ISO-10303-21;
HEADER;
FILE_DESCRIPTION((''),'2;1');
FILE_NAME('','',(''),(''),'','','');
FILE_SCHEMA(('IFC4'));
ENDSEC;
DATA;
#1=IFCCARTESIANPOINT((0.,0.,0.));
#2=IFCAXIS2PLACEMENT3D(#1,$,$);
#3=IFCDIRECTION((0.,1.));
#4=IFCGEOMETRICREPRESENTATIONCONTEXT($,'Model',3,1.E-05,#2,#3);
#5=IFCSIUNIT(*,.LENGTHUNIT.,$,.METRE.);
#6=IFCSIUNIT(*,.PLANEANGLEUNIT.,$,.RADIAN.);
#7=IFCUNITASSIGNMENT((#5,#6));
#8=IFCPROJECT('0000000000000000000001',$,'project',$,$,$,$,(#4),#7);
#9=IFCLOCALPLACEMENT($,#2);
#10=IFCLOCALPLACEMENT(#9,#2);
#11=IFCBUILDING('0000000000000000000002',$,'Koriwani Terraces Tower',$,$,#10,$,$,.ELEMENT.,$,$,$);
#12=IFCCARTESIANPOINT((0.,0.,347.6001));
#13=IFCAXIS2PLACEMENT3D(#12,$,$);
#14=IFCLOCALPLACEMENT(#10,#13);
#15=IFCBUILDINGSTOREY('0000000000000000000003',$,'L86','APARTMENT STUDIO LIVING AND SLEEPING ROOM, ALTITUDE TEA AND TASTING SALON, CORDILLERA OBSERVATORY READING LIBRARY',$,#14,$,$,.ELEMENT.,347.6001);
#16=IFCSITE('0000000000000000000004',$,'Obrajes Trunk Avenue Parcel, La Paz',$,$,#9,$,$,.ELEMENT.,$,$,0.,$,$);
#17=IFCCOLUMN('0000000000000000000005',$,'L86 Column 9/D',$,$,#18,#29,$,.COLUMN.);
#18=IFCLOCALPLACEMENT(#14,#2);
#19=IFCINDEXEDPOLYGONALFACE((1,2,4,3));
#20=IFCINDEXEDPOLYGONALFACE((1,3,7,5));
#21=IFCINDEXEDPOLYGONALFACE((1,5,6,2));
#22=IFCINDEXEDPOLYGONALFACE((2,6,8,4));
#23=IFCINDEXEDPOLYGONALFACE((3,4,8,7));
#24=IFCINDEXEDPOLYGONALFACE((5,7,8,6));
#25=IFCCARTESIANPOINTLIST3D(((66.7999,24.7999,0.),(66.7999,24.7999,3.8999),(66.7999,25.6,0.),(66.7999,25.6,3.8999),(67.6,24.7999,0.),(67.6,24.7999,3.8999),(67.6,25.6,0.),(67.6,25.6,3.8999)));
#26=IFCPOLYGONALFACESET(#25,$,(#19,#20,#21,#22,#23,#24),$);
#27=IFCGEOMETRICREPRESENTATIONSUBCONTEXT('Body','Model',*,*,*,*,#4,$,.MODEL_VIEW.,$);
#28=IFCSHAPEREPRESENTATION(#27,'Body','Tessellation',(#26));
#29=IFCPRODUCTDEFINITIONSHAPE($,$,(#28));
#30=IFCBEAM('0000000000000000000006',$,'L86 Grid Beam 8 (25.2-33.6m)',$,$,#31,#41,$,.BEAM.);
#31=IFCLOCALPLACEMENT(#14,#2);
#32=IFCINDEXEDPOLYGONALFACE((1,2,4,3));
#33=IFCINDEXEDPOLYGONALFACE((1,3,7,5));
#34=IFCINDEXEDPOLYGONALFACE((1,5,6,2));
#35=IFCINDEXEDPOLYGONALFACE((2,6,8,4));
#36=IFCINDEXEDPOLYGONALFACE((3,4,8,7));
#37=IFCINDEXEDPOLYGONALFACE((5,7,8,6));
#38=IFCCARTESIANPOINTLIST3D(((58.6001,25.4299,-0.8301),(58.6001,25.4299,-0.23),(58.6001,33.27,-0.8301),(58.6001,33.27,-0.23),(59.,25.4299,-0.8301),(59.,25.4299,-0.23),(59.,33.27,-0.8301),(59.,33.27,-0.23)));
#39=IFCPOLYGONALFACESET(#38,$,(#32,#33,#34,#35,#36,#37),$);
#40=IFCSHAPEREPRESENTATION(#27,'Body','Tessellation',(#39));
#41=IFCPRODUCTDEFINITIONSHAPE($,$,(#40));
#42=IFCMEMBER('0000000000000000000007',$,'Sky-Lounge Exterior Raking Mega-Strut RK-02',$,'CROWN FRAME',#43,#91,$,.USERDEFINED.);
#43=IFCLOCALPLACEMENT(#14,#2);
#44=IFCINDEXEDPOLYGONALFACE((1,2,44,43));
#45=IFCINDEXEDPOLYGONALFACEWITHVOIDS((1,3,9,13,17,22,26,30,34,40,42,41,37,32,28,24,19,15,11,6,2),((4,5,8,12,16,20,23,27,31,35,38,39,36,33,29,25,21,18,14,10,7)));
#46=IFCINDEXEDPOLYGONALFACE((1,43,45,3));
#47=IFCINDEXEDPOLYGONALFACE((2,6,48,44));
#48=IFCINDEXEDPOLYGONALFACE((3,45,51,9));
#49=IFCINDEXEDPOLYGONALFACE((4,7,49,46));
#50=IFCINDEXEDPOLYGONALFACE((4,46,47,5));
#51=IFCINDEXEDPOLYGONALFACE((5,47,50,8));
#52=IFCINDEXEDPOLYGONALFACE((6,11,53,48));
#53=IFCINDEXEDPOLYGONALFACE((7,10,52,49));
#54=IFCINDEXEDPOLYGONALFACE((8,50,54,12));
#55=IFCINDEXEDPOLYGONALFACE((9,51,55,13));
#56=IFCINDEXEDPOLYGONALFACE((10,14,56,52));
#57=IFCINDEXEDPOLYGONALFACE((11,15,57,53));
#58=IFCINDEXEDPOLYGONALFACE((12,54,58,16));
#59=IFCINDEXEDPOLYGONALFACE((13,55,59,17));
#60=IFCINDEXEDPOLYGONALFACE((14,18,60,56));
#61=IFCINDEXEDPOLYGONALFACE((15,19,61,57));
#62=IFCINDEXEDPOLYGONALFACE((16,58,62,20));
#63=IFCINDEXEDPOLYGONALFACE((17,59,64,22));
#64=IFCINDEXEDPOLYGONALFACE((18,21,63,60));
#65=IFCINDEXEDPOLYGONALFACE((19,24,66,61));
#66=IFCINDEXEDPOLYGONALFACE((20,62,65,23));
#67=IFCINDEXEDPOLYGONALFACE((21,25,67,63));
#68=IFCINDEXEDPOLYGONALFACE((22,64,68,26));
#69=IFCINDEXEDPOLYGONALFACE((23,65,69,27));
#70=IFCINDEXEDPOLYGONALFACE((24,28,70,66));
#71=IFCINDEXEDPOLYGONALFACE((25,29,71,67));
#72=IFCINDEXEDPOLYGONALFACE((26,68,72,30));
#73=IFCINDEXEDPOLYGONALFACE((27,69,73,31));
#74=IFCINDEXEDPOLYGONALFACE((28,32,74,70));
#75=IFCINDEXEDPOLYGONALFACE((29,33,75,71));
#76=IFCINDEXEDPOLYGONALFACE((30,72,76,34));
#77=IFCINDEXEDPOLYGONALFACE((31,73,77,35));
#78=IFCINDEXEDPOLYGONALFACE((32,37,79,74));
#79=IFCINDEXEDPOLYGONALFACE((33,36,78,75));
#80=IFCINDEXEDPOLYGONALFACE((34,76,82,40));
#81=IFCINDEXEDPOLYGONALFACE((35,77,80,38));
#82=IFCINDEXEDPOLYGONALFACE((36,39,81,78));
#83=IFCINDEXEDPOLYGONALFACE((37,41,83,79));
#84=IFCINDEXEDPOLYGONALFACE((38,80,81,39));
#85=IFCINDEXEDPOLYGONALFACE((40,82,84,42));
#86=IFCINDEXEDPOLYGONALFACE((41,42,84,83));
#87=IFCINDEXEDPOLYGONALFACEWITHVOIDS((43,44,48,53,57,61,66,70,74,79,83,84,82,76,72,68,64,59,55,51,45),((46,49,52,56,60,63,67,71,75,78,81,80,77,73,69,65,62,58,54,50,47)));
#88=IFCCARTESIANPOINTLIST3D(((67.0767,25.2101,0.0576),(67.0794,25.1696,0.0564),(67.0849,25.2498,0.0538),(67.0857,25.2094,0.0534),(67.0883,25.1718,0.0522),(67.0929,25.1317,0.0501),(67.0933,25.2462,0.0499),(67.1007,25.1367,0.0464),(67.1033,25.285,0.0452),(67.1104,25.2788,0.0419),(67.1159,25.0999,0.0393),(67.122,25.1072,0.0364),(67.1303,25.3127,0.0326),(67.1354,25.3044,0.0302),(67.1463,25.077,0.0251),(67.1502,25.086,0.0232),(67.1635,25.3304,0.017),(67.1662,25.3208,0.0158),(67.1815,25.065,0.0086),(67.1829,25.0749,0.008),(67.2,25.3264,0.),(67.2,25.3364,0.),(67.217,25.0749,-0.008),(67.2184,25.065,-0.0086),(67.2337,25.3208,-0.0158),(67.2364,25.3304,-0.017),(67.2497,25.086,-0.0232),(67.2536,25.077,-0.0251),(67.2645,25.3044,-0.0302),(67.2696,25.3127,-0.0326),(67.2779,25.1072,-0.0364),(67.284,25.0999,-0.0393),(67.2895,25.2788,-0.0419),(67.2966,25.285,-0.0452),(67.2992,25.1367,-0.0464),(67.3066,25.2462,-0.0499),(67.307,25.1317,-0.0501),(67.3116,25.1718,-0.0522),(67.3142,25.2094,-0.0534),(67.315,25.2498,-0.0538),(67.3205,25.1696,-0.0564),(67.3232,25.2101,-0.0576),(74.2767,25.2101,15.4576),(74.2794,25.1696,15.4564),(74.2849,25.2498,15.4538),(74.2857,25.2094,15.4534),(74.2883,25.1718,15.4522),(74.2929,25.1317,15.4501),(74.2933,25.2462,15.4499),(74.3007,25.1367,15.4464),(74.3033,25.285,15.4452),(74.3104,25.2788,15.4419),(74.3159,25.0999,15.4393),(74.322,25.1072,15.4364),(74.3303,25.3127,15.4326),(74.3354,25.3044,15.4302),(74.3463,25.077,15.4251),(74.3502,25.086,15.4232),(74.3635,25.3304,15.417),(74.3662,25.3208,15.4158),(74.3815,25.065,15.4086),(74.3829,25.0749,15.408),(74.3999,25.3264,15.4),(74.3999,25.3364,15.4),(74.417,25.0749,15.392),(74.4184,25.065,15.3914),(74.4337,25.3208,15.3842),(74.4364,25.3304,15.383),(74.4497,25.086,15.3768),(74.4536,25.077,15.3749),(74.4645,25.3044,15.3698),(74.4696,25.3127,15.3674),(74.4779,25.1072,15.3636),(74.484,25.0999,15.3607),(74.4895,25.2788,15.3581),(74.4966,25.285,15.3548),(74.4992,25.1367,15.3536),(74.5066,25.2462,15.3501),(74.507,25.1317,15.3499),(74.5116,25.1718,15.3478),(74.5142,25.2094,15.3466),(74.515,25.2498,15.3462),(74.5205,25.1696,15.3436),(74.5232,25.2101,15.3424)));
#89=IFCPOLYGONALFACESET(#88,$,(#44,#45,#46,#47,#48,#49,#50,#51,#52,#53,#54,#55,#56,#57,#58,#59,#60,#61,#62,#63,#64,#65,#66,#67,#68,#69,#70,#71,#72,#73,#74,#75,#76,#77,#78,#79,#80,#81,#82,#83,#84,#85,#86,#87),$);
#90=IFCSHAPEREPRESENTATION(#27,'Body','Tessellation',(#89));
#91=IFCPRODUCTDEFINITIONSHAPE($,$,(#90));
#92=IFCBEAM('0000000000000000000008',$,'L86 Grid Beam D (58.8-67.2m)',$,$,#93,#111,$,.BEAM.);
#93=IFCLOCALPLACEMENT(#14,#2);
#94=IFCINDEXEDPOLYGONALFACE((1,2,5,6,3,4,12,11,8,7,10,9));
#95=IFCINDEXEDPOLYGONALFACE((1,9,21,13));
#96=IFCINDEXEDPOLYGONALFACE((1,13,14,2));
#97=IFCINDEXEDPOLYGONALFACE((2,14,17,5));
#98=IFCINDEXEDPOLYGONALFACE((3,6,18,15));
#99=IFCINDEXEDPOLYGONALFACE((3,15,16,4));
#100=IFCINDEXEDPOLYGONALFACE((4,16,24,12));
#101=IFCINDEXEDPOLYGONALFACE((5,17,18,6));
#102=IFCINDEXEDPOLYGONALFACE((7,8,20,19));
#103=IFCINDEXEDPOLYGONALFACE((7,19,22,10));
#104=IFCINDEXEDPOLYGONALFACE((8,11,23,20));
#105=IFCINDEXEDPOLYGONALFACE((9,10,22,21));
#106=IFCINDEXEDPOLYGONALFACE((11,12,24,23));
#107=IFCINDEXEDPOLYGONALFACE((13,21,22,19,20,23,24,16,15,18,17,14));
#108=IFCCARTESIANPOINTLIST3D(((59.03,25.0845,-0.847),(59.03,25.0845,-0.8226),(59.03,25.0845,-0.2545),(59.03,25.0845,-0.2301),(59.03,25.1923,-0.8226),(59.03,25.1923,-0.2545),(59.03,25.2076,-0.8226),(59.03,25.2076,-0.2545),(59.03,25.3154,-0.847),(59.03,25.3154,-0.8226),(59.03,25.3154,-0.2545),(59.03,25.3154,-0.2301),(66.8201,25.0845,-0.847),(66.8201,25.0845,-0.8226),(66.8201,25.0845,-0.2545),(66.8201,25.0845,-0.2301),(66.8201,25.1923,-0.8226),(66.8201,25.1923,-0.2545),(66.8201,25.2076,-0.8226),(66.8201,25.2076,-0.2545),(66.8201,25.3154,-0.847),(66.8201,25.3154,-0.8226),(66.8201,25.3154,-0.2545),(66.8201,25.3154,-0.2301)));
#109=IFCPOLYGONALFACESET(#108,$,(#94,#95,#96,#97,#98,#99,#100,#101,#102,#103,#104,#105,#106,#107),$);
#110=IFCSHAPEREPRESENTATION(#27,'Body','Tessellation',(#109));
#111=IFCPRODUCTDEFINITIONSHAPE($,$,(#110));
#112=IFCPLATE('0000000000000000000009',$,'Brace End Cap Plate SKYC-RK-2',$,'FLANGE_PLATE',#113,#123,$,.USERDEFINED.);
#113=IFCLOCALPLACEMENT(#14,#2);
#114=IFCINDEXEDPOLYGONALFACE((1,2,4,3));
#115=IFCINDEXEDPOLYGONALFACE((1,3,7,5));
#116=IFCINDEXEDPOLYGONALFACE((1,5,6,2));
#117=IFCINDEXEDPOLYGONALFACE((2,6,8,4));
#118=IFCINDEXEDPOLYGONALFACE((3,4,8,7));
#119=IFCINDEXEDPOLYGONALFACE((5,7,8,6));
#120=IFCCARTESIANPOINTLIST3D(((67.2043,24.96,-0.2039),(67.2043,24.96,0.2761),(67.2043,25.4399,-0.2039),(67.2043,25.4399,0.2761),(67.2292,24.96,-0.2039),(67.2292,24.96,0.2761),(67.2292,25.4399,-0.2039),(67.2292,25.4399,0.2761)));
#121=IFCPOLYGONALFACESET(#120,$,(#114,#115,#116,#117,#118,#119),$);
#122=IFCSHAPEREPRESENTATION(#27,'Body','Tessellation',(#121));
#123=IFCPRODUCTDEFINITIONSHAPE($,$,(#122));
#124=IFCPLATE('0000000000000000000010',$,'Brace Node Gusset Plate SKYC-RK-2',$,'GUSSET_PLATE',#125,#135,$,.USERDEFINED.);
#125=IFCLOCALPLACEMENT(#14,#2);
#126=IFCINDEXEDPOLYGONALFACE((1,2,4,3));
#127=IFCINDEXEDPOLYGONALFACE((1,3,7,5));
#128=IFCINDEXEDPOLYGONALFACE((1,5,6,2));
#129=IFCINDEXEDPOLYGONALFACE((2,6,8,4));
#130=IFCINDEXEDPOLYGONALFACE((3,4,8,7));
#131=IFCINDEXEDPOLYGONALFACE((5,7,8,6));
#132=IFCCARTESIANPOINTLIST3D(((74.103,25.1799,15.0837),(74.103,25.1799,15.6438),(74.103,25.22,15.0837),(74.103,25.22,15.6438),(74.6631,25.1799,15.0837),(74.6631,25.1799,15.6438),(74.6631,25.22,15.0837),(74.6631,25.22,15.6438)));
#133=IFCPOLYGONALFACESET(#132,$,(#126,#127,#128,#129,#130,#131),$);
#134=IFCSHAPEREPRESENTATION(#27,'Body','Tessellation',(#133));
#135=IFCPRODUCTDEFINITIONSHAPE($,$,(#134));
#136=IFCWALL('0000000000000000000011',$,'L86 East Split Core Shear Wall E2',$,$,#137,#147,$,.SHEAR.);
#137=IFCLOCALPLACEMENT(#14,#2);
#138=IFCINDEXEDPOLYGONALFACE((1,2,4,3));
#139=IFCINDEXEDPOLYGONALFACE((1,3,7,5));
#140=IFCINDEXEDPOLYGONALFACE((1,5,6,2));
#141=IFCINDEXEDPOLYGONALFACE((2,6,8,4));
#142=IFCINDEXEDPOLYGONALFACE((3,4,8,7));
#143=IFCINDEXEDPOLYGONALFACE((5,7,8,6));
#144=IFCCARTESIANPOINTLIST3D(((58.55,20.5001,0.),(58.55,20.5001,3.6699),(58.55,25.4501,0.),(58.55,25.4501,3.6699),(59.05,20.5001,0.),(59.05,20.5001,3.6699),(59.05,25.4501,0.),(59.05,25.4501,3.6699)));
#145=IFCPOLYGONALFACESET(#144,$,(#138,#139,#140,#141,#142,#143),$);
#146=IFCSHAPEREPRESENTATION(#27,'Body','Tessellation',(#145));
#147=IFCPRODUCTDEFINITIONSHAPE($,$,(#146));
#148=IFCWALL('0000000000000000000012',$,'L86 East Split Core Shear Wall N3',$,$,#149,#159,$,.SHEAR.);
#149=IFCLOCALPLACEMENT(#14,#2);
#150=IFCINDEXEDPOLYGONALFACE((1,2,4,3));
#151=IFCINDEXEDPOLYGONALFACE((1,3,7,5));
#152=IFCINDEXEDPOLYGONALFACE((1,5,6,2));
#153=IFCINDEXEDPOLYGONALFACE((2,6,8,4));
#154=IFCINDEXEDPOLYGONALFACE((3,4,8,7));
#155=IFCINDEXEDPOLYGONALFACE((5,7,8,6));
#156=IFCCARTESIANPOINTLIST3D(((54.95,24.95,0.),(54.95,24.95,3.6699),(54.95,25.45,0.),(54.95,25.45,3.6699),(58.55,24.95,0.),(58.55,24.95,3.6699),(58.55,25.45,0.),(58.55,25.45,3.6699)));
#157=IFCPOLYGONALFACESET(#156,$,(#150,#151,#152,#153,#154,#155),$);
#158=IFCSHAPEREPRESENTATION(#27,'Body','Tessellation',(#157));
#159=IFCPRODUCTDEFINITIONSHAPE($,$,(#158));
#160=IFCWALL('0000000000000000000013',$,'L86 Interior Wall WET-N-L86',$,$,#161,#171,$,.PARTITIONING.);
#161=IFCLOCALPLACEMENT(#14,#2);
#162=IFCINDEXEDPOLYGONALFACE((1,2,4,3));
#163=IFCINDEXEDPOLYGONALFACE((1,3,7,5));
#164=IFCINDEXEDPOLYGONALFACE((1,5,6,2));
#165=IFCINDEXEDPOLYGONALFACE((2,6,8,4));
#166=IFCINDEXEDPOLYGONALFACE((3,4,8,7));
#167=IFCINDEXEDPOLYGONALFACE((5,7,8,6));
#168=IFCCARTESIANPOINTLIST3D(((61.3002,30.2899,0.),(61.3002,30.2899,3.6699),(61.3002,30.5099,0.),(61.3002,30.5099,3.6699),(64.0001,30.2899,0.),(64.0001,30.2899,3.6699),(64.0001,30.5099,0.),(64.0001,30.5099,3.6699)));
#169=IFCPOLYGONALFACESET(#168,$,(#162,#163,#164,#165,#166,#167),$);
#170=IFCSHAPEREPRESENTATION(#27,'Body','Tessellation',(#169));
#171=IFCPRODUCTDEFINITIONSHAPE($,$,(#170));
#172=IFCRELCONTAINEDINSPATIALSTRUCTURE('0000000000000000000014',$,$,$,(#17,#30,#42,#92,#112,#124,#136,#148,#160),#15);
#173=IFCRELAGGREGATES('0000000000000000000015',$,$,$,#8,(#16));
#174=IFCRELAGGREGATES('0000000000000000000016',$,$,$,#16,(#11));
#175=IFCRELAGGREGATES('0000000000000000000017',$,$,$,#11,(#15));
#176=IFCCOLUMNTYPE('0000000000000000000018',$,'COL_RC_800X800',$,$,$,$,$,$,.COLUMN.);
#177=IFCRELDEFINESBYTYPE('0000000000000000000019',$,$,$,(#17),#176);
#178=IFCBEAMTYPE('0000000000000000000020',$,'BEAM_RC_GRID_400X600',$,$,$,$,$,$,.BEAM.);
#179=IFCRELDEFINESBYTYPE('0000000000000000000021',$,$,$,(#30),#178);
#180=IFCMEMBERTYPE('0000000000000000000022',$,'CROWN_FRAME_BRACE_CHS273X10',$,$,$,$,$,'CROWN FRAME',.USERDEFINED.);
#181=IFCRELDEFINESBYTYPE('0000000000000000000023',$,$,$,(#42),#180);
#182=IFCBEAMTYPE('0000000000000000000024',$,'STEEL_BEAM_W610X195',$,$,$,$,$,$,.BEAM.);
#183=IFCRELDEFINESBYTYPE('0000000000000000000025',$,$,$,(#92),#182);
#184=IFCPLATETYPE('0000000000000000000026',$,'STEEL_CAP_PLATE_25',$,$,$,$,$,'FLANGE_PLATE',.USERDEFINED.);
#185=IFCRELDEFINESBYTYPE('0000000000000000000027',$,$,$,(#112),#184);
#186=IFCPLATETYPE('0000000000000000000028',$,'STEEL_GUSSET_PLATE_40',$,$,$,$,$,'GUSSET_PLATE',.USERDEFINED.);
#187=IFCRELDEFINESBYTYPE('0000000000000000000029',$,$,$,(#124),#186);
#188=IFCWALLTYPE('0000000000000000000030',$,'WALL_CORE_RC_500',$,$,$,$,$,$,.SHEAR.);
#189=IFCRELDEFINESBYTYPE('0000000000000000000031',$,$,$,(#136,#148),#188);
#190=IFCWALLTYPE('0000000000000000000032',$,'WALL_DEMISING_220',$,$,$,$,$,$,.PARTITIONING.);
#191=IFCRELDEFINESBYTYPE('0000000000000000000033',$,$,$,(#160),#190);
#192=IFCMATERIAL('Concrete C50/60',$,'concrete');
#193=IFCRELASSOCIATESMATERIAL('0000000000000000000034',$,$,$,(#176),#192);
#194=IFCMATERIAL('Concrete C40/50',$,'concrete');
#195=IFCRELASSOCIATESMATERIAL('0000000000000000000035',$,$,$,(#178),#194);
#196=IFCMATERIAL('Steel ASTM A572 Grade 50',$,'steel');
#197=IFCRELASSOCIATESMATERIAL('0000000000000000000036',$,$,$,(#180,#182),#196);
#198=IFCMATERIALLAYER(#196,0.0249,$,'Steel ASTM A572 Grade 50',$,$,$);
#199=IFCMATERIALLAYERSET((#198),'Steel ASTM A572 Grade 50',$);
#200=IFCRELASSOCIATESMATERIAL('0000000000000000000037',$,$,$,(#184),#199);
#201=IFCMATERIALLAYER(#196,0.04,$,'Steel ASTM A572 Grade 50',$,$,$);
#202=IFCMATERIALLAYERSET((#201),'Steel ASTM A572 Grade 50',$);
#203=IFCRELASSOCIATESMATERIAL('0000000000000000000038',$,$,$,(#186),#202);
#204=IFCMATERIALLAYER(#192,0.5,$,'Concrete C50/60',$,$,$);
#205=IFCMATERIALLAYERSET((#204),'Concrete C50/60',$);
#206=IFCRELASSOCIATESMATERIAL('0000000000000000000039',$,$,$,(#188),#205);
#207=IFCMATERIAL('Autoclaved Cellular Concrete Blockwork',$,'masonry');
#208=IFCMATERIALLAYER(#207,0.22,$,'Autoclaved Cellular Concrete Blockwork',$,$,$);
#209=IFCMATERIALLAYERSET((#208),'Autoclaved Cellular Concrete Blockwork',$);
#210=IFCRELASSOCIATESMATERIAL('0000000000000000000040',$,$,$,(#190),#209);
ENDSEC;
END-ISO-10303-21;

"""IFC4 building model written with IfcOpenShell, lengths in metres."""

from ifc_helpers import new_model, si_unit, direction, frame, frame_2d, origin, origin_2d, place, context, subcontext, project, spatial, rectangle, hollow_circle, i_section, extrude, material, layer, layer_set, material_profile, profile_set, type_object, element, save


model = new_model("IFC4")

# Units and contexts
model_context = context("Model", 3, precision=1e-05, world=origin(), true_north=direction((0.0, 1.0)))
body_context = subcontext(model_context, "Body", "Model", "MODEL_VIEW")
ifc_project = project(units=[si_unit("LENGTHUNIT", "METRE"), si_unit("PLANEANGLEUNIT", "RADIAN")], contexts=[model_context])

# Site, building, storey
site_placement = place(None, origin())
site = spatial("IfcSite", under=ifc_project, at=site_placement, Name="Obrajes Trunk Avenue Parcel, La Paz", CompositionType="ELEMENT", RefElevation=0.0)
building_placement = place(site_placement, origin())
building = spatial("IfcBuilding", under=site, at=building_placement, Name="Koriwani Terraces Tower", CompositionType="ELEMENT")
storey_placement = place(building_placement, frame((0.0, 0.0, 347.6001)))
storey = spatial("IfcBuildingStorey", under=building, at=storey_placement, Name="L86", Description="APARTMENT STUDIO LIVING AND SLEEPING ROOM, ALTITUDE TEA AND TASTING SALON, CORDILLERA OBSERVATORY READING LIBRARY", CompositionType="ELEMENT", Elevation=347.6001)

# Column
ifc_material_1 = material(Name="Concrete C50/60", Category="concrete")
ifc_material_profile_1 = material_profile(ifc_material_1, rectangle(XDim=0.8, YDim=0.8, at=origin_2d()), Name="Concrete C50/60", Category="LoadBearing")
ifc_profile_set_1 = profile_set([ifc_material_profile_1], Name="Concrete C50/60")
column_type = type_object("IfcColumnType", Name="COL_RC_800X800", PredefinedType="COLUMN", material=ifc_profile_set_1)
column_placement = place(storey_placement, frame((67.2, 25.2, 0.0), z_axis=(0.0, 0.0, 1.0), x_axis=(1.0, 0.0, 0.0)))
element("IfcColumn", 1, at=column_placement, inside=storey, type_object=column_type, Name="L86 Column 9/D", PredefinedType="COLUMN", context=body_context, shape_type="SweptSolid", body=[
    extrude(rectangle(XDim=0.8, YDim=0.8, at=origin_2d()), origin(), (0.0, 0.0, 1.0), 3.8999),
])

# Beam
ifc_material_2 = material(Name="Concrete C40/50", Category="concrete")
ifc_material_profile_2 = material_profile(ifc_material_2, rectangle(XDim=0.3999, YDim=0.6001, at=origin_2d()), Name="Concrete C40/50", Category="LoadBearing")
ifc_profile_set_2 = profile_set([ifc_material_profile_2], Name="Concrete C40/50")
beam_type_1 = type_object("IfcBeamType", Name="BEAM_RC_GRID_400X600", PredefinedType="BEAM", material=ifc_profile_set_2)
beam_1_placement = place(storey_placement, frame((58.8, 25.4299, -0.53), z_axis=(0.0, 1.0, 0.0), x_axis=(-1.0, 0.0, 0.0)))
element("IfcBeam", 2, at=beam_1_placement, inside=storey, type_object=beam_type_1, Name="L86 Grid Beam 8 (25.2-33.6m)", PredefinedType="BEAM", context=body_context, shape_type="SweptSolid", body=[
    extrude(rectangle(XDim=0.3999, YDim=0.6001, at=origin_2d()), origin(), (0.0, 0.0, 1.0), 7.8401),
])

# Member
ifc_material_3 = material(Name="Steel ASTM A572 Grade 50", Category="steel")
ifc_material_profile_3 = material_profile(ifc_material_3, hollow_circle(Radius=0.1365, WallThickness=0.01, at=origin_2d()), Name="Steel ASTM A572 Grade 50", Category="LoadBearing")
ifc_profile_set_3 = profile_set([ifc_material_profile_3], Name="Steel ASTM A572 Grade 50")
member_type = type_object("IfcMemberType", Name="CROWN_FRAME_BRACE_CHS273X10", ElementType="CROWN FRAME", PredefinedType="USERDEFINED", material=ifc_profile_set_3)
member_placement = place(storey_placement, frame((67.2, 25.2, 0.0), z_axis=(0.423529, 0.0, 0.905882), x_axis=(0.0, 1.0, 0.0)))
element("IfcMember", 3, at=member_placement, inside=storey, type_object=member_type, Name="Sky-Lounge Exterior Raking Mega-Strut RK-02", ObjectType="CROWN FRAME", PredefinedType="USERDEFINED", context=body_context, shape_type="SweptSolid", body=[
    extrude(hollow_circle(Radius=0.1365, WallThickness=0.01, at=origin_2d()), origin(), (0.0, 0.0, 1.0), 17.0),
])

# Beam
ifc_material_profile_4 = material_profile(ifc_material_3, i_section(OverallWidth=0.231, OverallDepth=0.6169, WebThickness=0.0154, FlangeThickness=0.0244, at=origin_2d()), Name="Steel ASTM A572 Grade 50", Category="LoadBearing")
ifc_profile_set_4 = profile_set([ifc_material_profile_4], Name="Steel ASTM A572 Grade 50")
beam_type_2 = type_object("IfcBeamType", Name="STEEL_BEAM_W610X195", PredefinedType="BEAM", material=ifc_profile_set_4)
beam_2_placement = place(storey_placement, frame((59.03, 25.2, -0.5386), z_axis=(1.0, 0.0, 0.0), x_axis=(0.0, 1.0, 0.0)))
element("IfcBeam", 4, at=beam_2_placement, inside=storey, type_object=beam_type_2, Name="L86 Grid Beam D (58.8-67.2m)", PredefinedType="BEAM", context=body_context, shape_type="SweptSolid", body=[
    extrude(i_section(OverallWidth=0.231, OverallDepth=0.6169, WebThickness=0.0154, FlangeThickness=0.0244, at=origin_2d()), origin(), (0.0, 0.0, 1.0), 7.79),
])

# Plates
ifc_layer_1 = layer(ifc_material_3, 0.0249, Name="Steel ASTM A572 Grade 50")
ifc_layer_set_1 = layer_set([ifc_layer_1], Name="Steel ASTM A572 Grade 50")
plate_type_1 = type_object("IfcPlateType", Name="STEEL_CAP_PLATE_25", ElementType="FLANGE_PLATE", PredefinedType="USERDEFINED", material=ifc_layer_set_1)
plate_1_placement = place(storey_placement, frame((67.2168, 25.2, -0.2039), z_axis=(0.0, 0.0, 1.0), x_axis=(1.0, 0.0, 0.0)))
element("IfcPlate", 5, at=plate_1_placement, inside=storey, type_object=plate_type_1, Name="Brace End Cap Plate SKYC-RK-2", ObjectType="FLANGE_PLATE", PredefinedType="USERDEFINED", context=body_context, shape_type="SweptSolid", body=[
    extrude(rectangle(XDim=0.0249, YDim=0.48, at=origin_2d()), origin(), (0.0, 0.0, 1.0), 0.48),
])
ifc_layer_2 = layer(ifc_material_3, 0.04, Name="Steel ASTM A572 Grade 50")
ifc_layer_set_2 = layer_set([ifc_layer_2], Name="Steel ASTM A572 Grade 50")
plate_type_2 = type_object("IfcPlateType", Name="STEEL_GUSSET_PLATE_40", ElementType="GUSSET_PLATE", PredefinedType="USERDEFINED", material=ifc_layer_set_2)
plate_2_placement = place(storey_placement, frame((74.3831, 25.2, 15.0837), z_axis=(0.0, 0.0, 1.0), x_axis=(1.0, 0.0, 0.0)))
element("IfcPlate", 6, at=plate_2_placement, inside=storey, type_object=plate_type_2, Name="Brace Node Gusset Plate SKYC-RK-2", ObjectType="GUSSET_PLATE", PredefinedType="USERDEFINED", context=body_context, shape_type="SweptSolid", body=[
    extrude(rectangle(XDim=0.5601, YDim=0.04, at=origin_2d()), origin(), (0.0, 0.0, 1.0), 0.5601),
])

# Walls
ifc_layer_3 = layer(ifc_material_1, 0.5, Name="Concrete C50/60")
ifc_layer_set_3 = layer_set([ifc_layer_3], Name="Concrete C50/60")
wall_type_1 = type_object("IfcWallType", Name="WALL_CORE_RC_500", PredefinedType="SHEAR", material=ifc_layer_set_3)
wall_1_placement = place(storey_placement, frame((58.8, 20.5, 0.0), z_axis=(0.0, 0.0, 1.0), x_axis=(0.0, 1.0, 0.0)))
element("IfcWall", 7, at=wall_1_placement, inside=storey, type_object=wall_type_1, Name="L86 East Split Core Shear Wall E2", PredefinedType="SHEAR", context=body_context, shape_type="SweptSolid", body=[
    extrude(rectangle(XDim=4.95, YDim=0.5, at=frame_2d((2.4751, 0.0))), origin(), (0.0, 0.0, 1.0), 3.6699),
])
wall_2_placement = place(storey_placement, frame((54.95, 25.2, 0.0), z_axis=(0.0, 0.0, 1.0), x_axis=(1.0, 0.0, 0.0)))
element("IfcWall", 8, at=wall_2_placement, inside=storey, type_object=wall_type_1, Name="L86 East Split Core Shear Wall N3", PredefinedType="SHEAR", context=body_context, shape_type="SweptSolid", body=[
    extrude(rectangle(XDim=3.6001, YDim=0.5, at=frame_2d((1.8, 0.0))), origin(), (0.0, 0.0, 1.0), 3.6699),
])
ifc_material_4 = material(Name="Autoclaved Cellular Concrete Blockwork", Category="masonry")
ifc_layer_4 = layer(ifc_material_4, 0.22, Name="Autoclaved Cellular Concrete Blockwork")
ifc_layer_set_4 = layer_set([ifc_layer_4], Name="Autoclaved Cellular Concrete Blockwork")
wall_type_2 = type_object("IfcWallType", Name="WALL_DEMISING_220", PredefinedType="PARTITIONING", material=ifc_layer_set_4)
wall_3_placement = place(storey_placement, frame((61.3, 30.3999, 0.0), z_axis=(0.0, 0.0, 1.0), x_axis=(1.0, 0.0, 0.0)))
element("IfcWall", 9, at=wall_3_placement, inside=storey, type_object=wall_type_2, Name="L86 Interior Wall WET-N-L86", PredefinedType="PARTITIONING", context=body_context, shape_type="SweptSolid", body=[
    extrude(rectangle(XDim=2.7, YDim=0.22, at=frame_2d((1.3501, 0.0))), origin(), (0.0, 0.0, 1.0), 3.6699),
])

save(model, "model.ifc")
